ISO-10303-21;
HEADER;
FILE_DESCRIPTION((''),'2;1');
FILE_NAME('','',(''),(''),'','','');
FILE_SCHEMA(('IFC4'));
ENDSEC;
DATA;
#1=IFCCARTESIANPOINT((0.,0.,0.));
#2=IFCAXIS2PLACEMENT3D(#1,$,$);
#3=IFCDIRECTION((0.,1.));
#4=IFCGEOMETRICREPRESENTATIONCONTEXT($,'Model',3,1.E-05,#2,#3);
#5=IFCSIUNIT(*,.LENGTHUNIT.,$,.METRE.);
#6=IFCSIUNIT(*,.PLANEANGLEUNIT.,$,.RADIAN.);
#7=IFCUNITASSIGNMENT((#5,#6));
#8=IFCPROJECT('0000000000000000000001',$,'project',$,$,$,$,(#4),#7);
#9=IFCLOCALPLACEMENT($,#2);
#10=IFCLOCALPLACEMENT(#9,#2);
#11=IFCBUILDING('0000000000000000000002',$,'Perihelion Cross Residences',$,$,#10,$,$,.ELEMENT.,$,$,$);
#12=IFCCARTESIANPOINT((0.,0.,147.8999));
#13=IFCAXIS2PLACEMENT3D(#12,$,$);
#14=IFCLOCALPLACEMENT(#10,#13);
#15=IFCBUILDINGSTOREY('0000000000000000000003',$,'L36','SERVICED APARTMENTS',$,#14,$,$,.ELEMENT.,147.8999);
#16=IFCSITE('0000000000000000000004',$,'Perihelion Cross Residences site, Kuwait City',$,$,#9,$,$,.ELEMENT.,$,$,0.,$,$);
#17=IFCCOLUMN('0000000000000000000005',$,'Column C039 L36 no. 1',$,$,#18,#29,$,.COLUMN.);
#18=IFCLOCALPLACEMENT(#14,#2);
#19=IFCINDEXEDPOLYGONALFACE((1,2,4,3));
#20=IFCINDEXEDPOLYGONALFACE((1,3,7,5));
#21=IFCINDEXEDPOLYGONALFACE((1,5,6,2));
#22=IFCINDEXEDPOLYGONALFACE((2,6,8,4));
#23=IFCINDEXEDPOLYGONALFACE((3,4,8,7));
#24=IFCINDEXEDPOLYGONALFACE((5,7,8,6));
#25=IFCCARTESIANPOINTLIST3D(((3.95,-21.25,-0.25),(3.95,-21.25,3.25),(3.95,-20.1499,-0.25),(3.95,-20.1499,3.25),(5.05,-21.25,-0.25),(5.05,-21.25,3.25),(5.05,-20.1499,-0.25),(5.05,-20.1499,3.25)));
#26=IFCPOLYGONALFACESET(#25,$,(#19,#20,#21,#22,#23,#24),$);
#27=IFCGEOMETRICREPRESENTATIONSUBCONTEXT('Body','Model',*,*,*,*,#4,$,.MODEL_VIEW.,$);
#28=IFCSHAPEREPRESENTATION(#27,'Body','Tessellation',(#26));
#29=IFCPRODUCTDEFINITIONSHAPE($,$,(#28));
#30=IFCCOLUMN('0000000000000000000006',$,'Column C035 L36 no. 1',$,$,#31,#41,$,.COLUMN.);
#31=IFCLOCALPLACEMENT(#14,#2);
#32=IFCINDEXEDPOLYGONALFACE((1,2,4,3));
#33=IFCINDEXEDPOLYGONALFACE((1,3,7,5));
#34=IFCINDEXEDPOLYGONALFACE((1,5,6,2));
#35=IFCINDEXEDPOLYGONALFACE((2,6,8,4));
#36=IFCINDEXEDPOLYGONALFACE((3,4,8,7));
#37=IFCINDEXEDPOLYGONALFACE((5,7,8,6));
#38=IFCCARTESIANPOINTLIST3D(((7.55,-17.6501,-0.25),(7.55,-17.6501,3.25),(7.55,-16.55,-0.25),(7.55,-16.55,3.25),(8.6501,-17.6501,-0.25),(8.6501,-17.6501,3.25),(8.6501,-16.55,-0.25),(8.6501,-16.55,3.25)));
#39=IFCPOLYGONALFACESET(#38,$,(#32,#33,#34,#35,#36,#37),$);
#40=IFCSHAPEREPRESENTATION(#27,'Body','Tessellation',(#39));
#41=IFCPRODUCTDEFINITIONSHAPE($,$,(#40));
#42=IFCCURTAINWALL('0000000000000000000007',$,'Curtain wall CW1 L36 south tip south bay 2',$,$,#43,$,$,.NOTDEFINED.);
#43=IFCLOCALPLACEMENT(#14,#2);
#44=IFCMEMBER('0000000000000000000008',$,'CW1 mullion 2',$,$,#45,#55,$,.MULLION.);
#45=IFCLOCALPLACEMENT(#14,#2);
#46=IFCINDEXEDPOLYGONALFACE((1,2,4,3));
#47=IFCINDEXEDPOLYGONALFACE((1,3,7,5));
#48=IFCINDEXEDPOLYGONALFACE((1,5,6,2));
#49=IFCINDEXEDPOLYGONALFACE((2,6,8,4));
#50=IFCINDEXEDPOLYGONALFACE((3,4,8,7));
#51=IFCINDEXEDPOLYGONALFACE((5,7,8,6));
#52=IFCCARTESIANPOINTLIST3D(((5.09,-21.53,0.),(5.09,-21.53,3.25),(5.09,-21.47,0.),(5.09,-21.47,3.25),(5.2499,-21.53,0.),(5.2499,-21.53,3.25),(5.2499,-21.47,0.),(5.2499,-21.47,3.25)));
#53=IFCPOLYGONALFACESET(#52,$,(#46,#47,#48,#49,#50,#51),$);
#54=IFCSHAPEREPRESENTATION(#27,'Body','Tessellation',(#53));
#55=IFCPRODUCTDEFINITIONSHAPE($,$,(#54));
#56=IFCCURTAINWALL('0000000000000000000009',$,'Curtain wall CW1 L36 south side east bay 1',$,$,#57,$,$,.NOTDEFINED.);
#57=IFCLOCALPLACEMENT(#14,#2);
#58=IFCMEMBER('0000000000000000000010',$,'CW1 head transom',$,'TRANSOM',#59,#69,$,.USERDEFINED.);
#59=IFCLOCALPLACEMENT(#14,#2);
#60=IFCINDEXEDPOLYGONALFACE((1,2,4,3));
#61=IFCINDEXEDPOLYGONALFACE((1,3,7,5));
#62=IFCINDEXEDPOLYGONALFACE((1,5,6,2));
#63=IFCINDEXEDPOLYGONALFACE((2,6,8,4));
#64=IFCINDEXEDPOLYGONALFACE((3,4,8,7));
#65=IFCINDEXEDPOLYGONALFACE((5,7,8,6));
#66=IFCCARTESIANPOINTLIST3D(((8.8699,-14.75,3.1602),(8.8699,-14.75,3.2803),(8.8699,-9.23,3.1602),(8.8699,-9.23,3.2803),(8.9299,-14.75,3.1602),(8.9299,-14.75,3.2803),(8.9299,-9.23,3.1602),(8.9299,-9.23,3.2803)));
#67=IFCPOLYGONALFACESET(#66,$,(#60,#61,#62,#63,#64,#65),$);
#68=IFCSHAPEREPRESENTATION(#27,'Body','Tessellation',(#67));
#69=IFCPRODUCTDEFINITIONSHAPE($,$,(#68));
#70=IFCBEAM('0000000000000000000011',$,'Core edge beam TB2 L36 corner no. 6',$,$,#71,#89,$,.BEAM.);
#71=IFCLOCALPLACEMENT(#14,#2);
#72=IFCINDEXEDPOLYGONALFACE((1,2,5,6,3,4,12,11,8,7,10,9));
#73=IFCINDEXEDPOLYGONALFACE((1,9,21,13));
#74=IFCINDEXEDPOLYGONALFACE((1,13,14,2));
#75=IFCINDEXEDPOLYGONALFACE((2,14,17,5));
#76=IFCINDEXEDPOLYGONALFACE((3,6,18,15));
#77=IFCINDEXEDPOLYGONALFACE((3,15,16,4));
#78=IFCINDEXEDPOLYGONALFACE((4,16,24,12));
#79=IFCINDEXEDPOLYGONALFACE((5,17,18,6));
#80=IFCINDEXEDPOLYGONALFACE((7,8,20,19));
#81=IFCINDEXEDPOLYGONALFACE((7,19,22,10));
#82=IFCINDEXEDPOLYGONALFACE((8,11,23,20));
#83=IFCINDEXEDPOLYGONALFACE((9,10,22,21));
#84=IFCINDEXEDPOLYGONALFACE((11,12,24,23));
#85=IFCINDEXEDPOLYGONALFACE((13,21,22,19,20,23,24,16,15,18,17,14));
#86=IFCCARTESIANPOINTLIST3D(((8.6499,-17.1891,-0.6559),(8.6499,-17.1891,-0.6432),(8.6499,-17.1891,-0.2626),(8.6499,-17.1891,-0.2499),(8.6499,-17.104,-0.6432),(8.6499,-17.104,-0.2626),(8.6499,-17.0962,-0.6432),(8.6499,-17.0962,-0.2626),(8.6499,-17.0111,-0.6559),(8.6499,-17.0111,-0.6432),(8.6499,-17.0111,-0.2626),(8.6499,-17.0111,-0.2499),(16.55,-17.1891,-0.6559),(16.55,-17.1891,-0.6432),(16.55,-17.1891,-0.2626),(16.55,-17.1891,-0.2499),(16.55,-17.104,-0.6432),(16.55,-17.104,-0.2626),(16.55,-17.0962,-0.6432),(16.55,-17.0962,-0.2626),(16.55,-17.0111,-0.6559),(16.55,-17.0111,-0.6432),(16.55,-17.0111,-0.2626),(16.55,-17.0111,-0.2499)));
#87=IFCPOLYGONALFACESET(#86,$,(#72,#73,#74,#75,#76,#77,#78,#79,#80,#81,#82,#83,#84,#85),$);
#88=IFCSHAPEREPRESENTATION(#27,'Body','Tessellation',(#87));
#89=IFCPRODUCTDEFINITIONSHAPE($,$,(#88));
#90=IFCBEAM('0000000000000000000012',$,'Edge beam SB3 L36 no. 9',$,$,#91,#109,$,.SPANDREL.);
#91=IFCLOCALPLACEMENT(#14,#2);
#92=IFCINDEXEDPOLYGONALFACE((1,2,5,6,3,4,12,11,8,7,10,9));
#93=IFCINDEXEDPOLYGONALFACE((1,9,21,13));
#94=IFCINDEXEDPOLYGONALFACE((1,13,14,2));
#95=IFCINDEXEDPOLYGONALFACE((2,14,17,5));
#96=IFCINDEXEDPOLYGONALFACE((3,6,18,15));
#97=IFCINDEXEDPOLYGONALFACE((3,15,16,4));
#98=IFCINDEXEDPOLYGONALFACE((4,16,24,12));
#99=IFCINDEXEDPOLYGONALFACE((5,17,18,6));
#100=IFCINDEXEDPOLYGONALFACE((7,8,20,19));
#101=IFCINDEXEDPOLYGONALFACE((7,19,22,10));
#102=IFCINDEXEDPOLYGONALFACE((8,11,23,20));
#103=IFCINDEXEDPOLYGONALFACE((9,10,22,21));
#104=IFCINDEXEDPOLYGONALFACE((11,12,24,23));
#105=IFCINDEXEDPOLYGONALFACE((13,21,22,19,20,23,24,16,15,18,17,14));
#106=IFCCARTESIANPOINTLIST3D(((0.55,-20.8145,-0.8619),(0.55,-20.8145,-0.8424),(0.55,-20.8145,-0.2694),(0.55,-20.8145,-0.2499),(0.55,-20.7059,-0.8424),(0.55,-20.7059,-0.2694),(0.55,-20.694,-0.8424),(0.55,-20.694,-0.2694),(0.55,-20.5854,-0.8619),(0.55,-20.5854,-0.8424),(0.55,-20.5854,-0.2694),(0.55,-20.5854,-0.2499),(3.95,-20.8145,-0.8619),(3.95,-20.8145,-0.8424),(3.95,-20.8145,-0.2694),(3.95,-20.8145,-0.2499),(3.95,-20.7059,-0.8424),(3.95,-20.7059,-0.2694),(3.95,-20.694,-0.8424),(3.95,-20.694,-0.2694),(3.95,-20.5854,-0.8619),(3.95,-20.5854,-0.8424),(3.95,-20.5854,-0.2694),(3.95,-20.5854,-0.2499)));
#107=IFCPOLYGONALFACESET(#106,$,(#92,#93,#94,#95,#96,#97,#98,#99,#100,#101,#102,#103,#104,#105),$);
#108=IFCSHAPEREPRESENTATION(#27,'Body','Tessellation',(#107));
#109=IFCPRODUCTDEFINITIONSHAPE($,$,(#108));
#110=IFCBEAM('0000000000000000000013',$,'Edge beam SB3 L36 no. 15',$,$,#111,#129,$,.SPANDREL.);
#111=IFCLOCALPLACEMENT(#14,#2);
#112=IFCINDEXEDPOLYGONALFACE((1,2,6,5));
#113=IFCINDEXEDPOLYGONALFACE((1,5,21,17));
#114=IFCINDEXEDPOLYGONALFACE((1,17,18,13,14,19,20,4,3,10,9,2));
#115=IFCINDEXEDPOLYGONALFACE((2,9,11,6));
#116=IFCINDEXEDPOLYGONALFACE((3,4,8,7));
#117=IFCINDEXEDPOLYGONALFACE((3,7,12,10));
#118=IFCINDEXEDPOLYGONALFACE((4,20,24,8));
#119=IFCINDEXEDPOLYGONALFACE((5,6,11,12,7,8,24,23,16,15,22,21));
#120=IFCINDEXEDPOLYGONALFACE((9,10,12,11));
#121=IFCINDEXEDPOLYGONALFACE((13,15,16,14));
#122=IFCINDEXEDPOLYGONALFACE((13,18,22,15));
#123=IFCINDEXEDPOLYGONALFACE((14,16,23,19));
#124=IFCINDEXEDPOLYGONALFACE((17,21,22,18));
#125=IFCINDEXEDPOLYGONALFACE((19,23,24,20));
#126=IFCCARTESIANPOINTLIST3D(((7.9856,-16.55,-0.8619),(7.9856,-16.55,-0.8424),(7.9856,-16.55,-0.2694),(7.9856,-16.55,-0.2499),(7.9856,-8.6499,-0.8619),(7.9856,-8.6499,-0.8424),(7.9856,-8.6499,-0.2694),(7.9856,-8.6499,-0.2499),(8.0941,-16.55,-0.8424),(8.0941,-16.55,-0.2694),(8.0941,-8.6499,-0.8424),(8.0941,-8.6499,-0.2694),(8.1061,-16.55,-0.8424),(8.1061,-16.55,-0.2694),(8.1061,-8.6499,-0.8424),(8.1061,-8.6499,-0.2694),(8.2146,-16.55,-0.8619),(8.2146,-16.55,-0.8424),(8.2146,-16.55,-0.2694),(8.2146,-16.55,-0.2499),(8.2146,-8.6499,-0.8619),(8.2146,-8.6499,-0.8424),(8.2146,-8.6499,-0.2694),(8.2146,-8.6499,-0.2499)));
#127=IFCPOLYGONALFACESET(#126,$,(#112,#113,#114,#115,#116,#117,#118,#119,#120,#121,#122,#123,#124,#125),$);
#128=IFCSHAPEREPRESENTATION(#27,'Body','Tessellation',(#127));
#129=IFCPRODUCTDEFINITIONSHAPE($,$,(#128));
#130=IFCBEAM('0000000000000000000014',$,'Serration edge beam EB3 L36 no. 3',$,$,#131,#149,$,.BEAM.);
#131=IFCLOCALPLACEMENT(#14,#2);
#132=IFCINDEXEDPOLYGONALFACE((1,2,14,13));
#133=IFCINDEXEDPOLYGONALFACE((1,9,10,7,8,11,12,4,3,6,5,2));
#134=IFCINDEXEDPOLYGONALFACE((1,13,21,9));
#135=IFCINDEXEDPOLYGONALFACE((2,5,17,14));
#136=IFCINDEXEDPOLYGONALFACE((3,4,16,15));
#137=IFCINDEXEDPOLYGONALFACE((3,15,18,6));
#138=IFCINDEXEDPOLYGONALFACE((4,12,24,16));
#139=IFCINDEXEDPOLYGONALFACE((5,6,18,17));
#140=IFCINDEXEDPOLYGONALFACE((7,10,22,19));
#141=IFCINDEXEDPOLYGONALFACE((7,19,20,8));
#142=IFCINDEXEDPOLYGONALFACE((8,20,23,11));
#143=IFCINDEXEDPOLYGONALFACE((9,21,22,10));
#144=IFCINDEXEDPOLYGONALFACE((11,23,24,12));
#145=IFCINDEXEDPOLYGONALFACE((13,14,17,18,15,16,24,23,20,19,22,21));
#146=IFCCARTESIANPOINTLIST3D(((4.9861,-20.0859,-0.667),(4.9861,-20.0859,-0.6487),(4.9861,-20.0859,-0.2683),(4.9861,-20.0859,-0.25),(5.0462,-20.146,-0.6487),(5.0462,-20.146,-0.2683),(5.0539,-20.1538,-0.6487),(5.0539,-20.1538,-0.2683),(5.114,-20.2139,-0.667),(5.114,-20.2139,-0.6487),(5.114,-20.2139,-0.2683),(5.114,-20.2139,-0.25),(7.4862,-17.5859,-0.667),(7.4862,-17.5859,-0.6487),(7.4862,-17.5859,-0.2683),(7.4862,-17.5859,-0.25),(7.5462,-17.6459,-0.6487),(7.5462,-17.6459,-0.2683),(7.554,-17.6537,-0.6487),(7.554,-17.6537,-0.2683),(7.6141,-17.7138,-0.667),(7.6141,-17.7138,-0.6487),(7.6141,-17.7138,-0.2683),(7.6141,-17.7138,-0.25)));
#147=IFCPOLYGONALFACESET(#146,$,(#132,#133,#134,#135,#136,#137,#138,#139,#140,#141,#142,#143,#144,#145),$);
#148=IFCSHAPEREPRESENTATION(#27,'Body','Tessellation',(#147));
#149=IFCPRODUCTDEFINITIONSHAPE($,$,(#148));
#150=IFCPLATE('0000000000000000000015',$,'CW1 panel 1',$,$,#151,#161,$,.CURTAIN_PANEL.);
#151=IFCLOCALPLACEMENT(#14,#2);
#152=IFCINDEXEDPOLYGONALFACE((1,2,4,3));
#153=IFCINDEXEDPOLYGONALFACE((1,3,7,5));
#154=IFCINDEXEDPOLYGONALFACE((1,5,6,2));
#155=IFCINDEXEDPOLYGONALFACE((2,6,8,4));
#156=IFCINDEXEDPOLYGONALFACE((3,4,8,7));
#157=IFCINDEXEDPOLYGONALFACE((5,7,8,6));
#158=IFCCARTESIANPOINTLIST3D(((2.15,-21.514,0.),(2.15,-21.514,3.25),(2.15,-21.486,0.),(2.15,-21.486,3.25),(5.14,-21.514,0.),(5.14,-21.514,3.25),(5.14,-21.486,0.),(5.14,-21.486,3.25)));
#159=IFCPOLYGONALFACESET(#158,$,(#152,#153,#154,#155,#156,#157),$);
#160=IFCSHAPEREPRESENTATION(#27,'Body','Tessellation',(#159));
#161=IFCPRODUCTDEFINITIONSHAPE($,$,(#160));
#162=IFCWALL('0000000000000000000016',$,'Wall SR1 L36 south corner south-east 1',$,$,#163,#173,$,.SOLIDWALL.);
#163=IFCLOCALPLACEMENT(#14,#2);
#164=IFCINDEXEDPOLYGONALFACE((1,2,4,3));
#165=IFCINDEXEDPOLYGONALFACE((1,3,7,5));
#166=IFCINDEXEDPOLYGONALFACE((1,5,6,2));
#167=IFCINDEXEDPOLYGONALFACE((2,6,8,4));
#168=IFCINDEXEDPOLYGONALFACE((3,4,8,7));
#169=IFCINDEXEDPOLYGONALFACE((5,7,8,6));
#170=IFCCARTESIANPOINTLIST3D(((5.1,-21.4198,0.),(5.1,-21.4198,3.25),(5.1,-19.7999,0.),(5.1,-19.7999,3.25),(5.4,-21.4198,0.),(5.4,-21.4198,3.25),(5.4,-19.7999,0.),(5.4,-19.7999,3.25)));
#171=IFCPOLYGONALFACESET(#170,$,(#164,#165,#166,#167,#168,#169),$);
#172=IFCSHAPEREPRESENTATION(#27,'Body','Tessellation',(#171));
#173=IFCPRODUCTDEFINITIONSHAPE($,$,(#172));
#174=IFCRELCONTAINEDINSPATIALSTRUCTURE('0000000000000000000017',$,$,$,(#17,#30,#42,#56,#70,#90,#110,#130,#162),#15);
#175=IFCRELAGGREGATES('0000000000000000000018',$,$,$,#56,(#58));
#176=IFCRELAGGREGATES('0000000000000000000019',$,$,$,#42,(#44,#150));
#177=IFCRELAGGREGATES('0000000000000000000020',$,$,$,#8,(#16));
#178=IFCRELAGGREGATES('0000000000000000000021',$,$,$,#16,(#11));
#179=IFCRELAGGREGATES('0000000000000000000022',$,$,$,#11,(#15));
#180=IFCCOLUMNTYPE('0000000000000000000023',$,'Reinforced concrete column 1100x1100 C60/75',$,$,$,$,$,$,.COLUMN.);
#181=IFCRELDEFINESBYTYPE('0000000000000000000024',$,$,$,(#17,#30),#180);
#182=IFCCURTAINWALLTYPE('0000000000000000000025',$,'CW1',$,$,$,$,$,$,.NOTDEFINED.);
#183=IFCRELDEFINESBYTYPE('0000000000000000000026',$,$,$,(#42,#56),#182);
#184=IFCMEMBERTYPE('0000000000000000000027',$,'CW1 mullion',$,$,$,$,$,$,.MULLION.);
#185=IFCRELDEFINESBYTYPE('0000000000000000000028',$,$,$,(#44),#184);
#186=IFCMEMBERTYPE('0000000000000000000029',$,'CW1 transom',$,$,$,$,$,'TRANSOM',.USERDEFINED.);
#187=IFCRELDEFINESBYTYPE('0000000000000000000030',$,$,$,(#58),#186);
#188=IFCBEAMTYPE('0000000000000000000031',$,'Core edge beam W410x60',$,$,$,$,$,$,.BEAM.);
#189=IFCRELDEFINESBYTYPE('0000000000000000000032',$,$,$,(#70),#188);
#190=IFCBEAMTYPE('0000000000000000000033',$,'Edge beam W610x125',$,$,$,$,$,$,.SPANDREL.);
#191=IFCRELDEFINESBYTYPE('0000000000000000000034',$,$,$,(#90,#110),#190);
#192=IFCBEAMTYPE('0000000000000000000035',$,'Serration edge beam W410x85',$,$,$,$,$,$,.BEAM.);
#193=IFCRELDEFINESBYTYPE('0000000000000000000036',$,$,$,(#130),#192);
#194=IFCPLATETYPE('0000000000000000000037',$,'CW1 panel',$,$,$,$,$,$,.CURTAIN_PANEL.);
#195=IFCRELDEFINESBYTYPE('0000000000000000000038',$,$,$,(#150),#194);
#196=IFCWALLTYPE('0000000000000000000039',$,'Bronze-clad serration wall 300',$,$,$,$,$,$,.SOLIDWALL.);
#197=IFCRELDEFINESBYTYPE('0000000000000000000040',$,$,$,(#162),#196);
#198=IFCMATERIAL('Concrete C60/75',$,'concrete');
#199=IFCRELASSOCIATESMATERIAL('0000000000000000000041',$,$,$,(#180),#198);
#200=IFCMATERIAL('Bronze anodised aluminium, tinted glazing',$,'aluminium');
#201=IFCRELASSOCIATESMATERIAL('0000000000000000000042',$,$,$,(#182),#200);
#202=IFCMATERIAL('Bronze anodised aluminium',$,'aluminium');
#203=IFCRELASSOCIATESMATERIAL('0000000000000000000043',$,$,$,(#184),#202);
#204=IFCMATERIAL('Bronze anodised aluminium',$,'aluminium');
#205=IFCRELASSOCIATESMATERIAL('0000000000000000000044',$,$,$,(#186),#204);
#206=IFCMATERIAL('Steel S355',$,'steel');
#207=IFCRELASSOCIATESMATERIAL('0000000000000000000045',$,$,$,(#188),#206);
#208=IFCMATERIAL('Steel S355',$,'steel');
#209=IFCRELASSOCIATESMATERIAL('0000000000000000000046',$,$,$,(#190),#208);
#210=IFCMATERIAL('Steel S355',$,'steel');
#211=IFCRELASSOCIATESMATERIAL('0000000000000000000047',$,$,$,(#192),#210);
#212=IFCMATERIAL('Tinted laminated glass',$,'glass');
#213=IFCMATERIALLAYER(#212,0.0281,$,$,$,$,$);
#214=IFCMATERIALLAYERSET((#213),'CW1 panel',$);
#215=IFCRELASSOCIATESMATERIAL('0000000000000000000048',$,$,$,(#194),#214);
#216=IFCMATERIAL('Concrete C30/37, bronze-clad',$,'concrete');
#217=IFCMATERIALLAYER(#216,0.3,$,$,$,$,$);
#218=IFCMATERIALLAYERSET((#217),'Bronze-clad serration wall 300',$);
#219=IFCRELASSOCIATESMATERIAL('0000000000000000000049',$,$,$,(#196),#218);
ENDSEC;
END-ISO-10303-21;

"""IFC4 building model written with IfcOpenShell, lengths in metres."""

from ifc_helpers import new_model, si_unit, direction, frame, frame_2d, origin, origin_2d, place, context, subcontext, project, spatial, rectangle, i_section, extrude, material, layer, layer_set, material_profile, profile_set, type_object, element, aggregate, save


model = new_model("IFC4")

# Units and contexts
model_context = context("Model", 3, precision=1e-05, world=origin(), true_north=direction((0.0, 1.0)))
body_context = subcontext(model_context, "Body", "Model", "MODEL_VIEW")
ifc_project = project(units=[si_unit("LENGTHUNIT", "METRE"), si_unit("PLANEANGLEUNIT", "RADIAN")], contexts=[model_context])

# Site, building, storey
site_placement = place(None, origin())
site = spatial("IfcSite", under=ifc_project, at=site_placement, Name="Perihelion Cross Residences site, Kuwait City", CompositionType="ELEMENT", RefElevation=0.0)
building_placement = place(site_placement, origin())
building = spatial("IfcBuilding", under=site, at=building_placement, Name="Perihelion Cross Residences", CompositionType="ELEMENT")
storey_placement = place(building_placement, frame((0.0, 0.0, 147.8999)))
storey = spatial("IfcBuildingStorey", under=building, at=storey_placement, Name="L36", Description="SERVICED APARTMENTS", CompositionType="ELEMENT", Elevation=147.8999)

# Columns
ifc_material_1 = material(Name="Concrete C60/75", Category="concrete")
ifc_material_profile_1 = material_profile(ifc_material_1, rectangle(XDim=1.1001, YDim=1.1001, at=origin_2d()), Name="RC 1100x1100")
ifc_profile_set_1 = profile_set([ifc_material_profile_1], Name="Concrete C60/75")
column_type = type_object("IfcColumnType", Name="Reinforced concrete column 1100x1100 C60/75", PredefinedType="COLUMN", material=ifc_profile_set_1)
for number, where, z_axis, x_axis, name in (
    (1, (4.5, -20.7, -0.25), (0.0, 0.0, 1.0), (1.0, 0.0, 0.0), "Column C039 L36 no. 1"),
    (2, (8.1001, -17.1001, -0.25), (0.0, 0.0, 1.0), (1.0, 0.0, 0.0), "Column C035 L36 no. 1"),
):
    element("IfcColumn", number, at=place(storey_placement, frame(where, z_axis=z_axis, x_axis=x_axis)), inside=storey, type_object=column_type, Name=name, PredefinedType="COLUMN", context=body_context, shape_type="SweptSolid", body=[
        extrude(rectangle(XDim=1.1001, YDim=1.1001, at=origin_2d()), origin(), (0.0, 0.0, 1.0), 3.5),
    ])

# Curtain walls, members
ifc_material_2 = material(Name="Bronze anodised aluminium, tinted glazing", Category="aluminium")
curtain_wall_type = type_object("IfcCurtainWallType", Name="CW1", PredefinedType="NOTDEFINED", material=ifc_material_2)
curtain_wall_1_placement = place(storey_placement, origin())
curtain_wall_1 = element("IfcCurtainWall", 3, at=curtain_wall_1_placement, inside=storey, type_object=curtain_wall_type, Name="Curtain wall CW1 L36 south tip south bay 2", PredefinedType="NOTDEFINED")
ifc_material_3 = material(Name="Bronze anodised aluminium", Category="aluminium")
ifc_material_profile_2 = material_profile(ifc_material_3, rectangle(XDim=0.0601, YDim=0.1599, at=origin_2d()), Name="CW1 mullion")
ifc_profile_set_2 = profile_set([ifc_material_profile_2], Name="Bronze anodised aluminium")
member_type_1 = type_object("IfcMemberType", Name="CW1 mullion", PredefinedType="MULLION", material=ifc_profile_set_2)
member_1_placement = place(storey_placement, frame((5.1699, -21.5, 0.0), z_axis=(0.0, 0.0, 1.0), x_axis=(0.0, 1.0, 0.0)))
member_1 = element("IfcMember", 4, at=member_1_placement, type_object=member_type_1, Name="CW1 mullion 2", PredefinedType="MULLION", context=body_context, shape_type="SweptSolid", body=[
    extrude(rectangle(XDim=0.0601, YDim=0.1599, at=origin_2d()), origin(), (0.0, 0.0, 1.0), 3.25),
])
curtain_wall_2_placement = place(storey_placement, origin())
curtain_wall_2 = element("IfcCurtainWall", 5, at=curtain_wall_2_placement, inside=storey, type_object=curtain_wall_type, Name="Curtain wall CW1 L36 south side east bay 1", PredefinedType="NOTDEFINED")
ifc_material_4 = material(Name="Bronze anodised aluminium", Category="aluminium")
ifc_material_profile_3 = material_profile(ifc_material_4, rectangle(XDim=0.0601, YDim=0.1201, at=origin_2d()), Name="CW1 transom")
ifc_profile_set_3 = profile_set([ifc_material_profile_3], Name="Bronze anodised aluminium")
member_type_2 = type_object("IfcMemberType", Name="CW1 transom", ElementType="TRANSOM", PredefinedType="USERDEFINED", material=ifc_profile_set_3)
member_2_placement = place(storey_placement, frame((8.8999, -14.75, 3.2202), z_axis=(0.0, 1.0, 0.0), x_axis=(-1.0, 0.0, 0.0)))
member_2 = element("IfcMember", 6, at=member_2_placement, type_object=member_type_2, Name="CW1 head transom", ObjectType="TRANSOM", PredefinedType="USERDEFINED", context=body_context, shape_type="SweptSolid", body=[
    extrude(rectangle(XDim=0.0601, YDim=0.1201, at=origin_2d()), origin(), (0.0, 0.0, 1.0), 5.52),
])
aggregate(curtain_wall_2, [member_2])

# Beams
ifc_material_5 = material(Name="Steel S355", Category="steel")
ifc_material_profile_4 = material_profile(ifc_material_5, i_section(OverallWidth=0.178, OverallDepth=0.406, WebThickness=0.0078, FlangeThickness=0.0127, at=origin_2d()), Name="W410x60")
ifc_profile_set_4 = profile_set([ifc_material_profile_4], Name="Steel S355")
beam_type_1 = type_object("IfcBeamType", Name="Core edge beam W410x60", PredefinedType="BEAM", material=ifc_profile_set_4)
beam_1_placement = place(storey_placement, frame((8.6499, -17.1001, -0.4529), z_axis=(1.0, 0.0, 0.0), x_axis=(0.0, 1.0, 0.0)))
element("IfcBeam", 7, at=beam_1_placement, inside=storey, type_object=beam_type_1, Name="Core edge beam TB2 L36 corner no. 6", PredefinedType="BEAM", context=body_context, shape_type="SweptSolid", body=[
    extrude(i_section(OverallWidth=0.178, OverallDepth=0.406, WebThickness=0.0078, FlangeThickness=0.0127, at=origin_2d()), origin(), (0.0, 0.0, 1.0), 7.9001),
])
ifc_material_6 = material(Name="Steel S355", Category="steel")
ifc_material_profile_5 = material_profile(ifc_material_6, i_section(OverallWidth=0.229, OverallDepth=0.6121, WebThickness=0.012, FlangeThickness=0.0195, at=origin_2d()), Name="W610x125")
ifc_profile_set_5 = profile_set([ifc_material_profile_5], Name="Steel S355")
beam_type_2 = type_object("IfcBeamType", Name="Edge beam W610x125", PredefinedType="SPANDREL", material=ifc_profile_set_5)
beam_2_placement = place(storey_placement, frame((0.55, -20.7, -0.5559), z_axis=(1.0, 0.0, 0.0), x_axis=(0.0, 1.0, 0.0)))
element("IfcBeam", 8, at=beam_2_placement, inside=storey, type_object=beam_type_2, Name="Edge beam SB3 L36 no. 9", PredefinedType="SPANDREL", context=body_context, shape_type="SweptSolid", body=[
    extrude(i_section(OverallWidth=0.229, OverallDepth=0.6121, WebThickness=0.012, FlangeThickness=0.0195, at=origin_2d()), origin(), (0.0, 0.0, 1.0), 3.3999),
])
beam_3_placement = place(storey_placement, frame((8.1001, -16.55, -0.5559), z_axis=(0.0, 1.0, 0.0), x_axis=(-1.0, 0.0, 0.0)))
element("IfcBeam", 9, at=beam_3_placement, inside=storey, type_object=beam_type_2, Name="Edge beam SB3 L36 no. 15", PredefinedType="SPANDREL", context=body_context, shape_type="SweptSolid", body=[
    extrude(i_section(OverallWidth=0.229, OverallDepth=0.6121, WebThickness=0.012, FlangeThickness=0.0195, at=origin_2d()), origin(), (0.0, 0.0, 1.0), 7.9001),
])
ifc_material_7 = material(Name="Steel S355", Category="steel")
ifc_material_profile_6 = material_profile(ifc_material_7, i_section(OverallWidth=0.1809, OverallDepth=0.417, WebThickness=0.011, FlangeThickness=0.0183, at=origin_2d()), Name="W410x85")
ifc_profile_set_6 = profile_set([ifc_material_profile_6], Name="Steel S355")
beam_type_3 = type_object("IfcBeamType", Name="Serration edge beam W410x85", PredefinedType="BEAM", material=ifc_profile_set_6)
beam_4_placement = place(storey_placement, frame((5.05, -20.1499, -0.4585), z_axis=(0.707107, 0.707107, 0.0), x_axis=(-0.707107, 0.707107, 0.0)))
element("IfcBeam", 10, at=beam_4_placement, inside=storey, type_object=beam_type_3, Name="Serration edge beam EB3 L36 no. 3", PredefinedType="BEAM", context=body_context, shape_type="SweptSolid", body=[
    extrude(i_section(OverallWidth=0.1809, OverallDepth=0.417, WebThickness=0.011, FlangeThickness=0.0183, at=origin_2d()), origin(), (0.0, 0.0, 1.0), 3.5356),
])

# Plate
ifc_material_8 = material(Name="Tinted laminated glass", Category="glass")
ifc_layer_1 = layer(ifc_material_8, 0.0281)
ifc_layer_set_1 = layer_set([ifc_layer_1], Name="CW1 panel")
plate_type = type_object("IfcPlateType", Name="CW1 panel", PredefinedType="CURTAIN_PANEL", material=ifc_layer_set_1)
plate_placement = place(storey_placement, frame((3.645, -21.5, 0.0), z_axis=(0.0, 0.0, 1.0), x_axis=(1.0, 0.0, 0.0)))
plate = element("IfcPlate", 11, at=plate_placement, type_object=plate_type, Name="CW1 panel 1", PredefinedType="CURTAIN_PANEL", context=body_context, shape_type="SweptSolid", body=[
    extrude(rectangle(XDim=2.99, YDim=0.0281, at=origin_2d()), origin(), (0.0, 0.0, 1.0), 3.25),
])
aggregate(curtain_wall_1, [member_1, plate])

# Wall
ifc_material_9 = material(Name="Concrete C30/37, bronze-clad", Category="concrete")
ifc_layer_2 = layer(ifc_material_9, 0.3)
ifc_layer_set_2 = layer_set([ifc_layer_2], Name="Bronze-clad serration wall 300")
wall_type_1 = type_object("IfcWallType", Name="Bronze-clad serration wall 300", PredefinedType="SOLIDWALL", material=ifc_layer_set_2)
wall_1_placement = place(storey_placement, frame((5.25, -21.4199, 0.0), z_axis=(0.0, 0.0, 1.0), x_axis=(0.0, 1.0, 0.0)))
element("IfcWall", 12, at=wall_1_placement, inside=storey, type_object=wall_type_1, Name="Wall SR1 L36 south corner south-east 1", PredefinedType="SOLIDWALL", context=body_context, shape_type="SweptSolid", body=[
    extrude(rectangle(XDim=1.6199, YDim=0.3, at=frame_2d((0.8101, 0.0))), origin(), (0.0, 0.0, 1.0), 3.25),
])

save(model, "model.ifc")
